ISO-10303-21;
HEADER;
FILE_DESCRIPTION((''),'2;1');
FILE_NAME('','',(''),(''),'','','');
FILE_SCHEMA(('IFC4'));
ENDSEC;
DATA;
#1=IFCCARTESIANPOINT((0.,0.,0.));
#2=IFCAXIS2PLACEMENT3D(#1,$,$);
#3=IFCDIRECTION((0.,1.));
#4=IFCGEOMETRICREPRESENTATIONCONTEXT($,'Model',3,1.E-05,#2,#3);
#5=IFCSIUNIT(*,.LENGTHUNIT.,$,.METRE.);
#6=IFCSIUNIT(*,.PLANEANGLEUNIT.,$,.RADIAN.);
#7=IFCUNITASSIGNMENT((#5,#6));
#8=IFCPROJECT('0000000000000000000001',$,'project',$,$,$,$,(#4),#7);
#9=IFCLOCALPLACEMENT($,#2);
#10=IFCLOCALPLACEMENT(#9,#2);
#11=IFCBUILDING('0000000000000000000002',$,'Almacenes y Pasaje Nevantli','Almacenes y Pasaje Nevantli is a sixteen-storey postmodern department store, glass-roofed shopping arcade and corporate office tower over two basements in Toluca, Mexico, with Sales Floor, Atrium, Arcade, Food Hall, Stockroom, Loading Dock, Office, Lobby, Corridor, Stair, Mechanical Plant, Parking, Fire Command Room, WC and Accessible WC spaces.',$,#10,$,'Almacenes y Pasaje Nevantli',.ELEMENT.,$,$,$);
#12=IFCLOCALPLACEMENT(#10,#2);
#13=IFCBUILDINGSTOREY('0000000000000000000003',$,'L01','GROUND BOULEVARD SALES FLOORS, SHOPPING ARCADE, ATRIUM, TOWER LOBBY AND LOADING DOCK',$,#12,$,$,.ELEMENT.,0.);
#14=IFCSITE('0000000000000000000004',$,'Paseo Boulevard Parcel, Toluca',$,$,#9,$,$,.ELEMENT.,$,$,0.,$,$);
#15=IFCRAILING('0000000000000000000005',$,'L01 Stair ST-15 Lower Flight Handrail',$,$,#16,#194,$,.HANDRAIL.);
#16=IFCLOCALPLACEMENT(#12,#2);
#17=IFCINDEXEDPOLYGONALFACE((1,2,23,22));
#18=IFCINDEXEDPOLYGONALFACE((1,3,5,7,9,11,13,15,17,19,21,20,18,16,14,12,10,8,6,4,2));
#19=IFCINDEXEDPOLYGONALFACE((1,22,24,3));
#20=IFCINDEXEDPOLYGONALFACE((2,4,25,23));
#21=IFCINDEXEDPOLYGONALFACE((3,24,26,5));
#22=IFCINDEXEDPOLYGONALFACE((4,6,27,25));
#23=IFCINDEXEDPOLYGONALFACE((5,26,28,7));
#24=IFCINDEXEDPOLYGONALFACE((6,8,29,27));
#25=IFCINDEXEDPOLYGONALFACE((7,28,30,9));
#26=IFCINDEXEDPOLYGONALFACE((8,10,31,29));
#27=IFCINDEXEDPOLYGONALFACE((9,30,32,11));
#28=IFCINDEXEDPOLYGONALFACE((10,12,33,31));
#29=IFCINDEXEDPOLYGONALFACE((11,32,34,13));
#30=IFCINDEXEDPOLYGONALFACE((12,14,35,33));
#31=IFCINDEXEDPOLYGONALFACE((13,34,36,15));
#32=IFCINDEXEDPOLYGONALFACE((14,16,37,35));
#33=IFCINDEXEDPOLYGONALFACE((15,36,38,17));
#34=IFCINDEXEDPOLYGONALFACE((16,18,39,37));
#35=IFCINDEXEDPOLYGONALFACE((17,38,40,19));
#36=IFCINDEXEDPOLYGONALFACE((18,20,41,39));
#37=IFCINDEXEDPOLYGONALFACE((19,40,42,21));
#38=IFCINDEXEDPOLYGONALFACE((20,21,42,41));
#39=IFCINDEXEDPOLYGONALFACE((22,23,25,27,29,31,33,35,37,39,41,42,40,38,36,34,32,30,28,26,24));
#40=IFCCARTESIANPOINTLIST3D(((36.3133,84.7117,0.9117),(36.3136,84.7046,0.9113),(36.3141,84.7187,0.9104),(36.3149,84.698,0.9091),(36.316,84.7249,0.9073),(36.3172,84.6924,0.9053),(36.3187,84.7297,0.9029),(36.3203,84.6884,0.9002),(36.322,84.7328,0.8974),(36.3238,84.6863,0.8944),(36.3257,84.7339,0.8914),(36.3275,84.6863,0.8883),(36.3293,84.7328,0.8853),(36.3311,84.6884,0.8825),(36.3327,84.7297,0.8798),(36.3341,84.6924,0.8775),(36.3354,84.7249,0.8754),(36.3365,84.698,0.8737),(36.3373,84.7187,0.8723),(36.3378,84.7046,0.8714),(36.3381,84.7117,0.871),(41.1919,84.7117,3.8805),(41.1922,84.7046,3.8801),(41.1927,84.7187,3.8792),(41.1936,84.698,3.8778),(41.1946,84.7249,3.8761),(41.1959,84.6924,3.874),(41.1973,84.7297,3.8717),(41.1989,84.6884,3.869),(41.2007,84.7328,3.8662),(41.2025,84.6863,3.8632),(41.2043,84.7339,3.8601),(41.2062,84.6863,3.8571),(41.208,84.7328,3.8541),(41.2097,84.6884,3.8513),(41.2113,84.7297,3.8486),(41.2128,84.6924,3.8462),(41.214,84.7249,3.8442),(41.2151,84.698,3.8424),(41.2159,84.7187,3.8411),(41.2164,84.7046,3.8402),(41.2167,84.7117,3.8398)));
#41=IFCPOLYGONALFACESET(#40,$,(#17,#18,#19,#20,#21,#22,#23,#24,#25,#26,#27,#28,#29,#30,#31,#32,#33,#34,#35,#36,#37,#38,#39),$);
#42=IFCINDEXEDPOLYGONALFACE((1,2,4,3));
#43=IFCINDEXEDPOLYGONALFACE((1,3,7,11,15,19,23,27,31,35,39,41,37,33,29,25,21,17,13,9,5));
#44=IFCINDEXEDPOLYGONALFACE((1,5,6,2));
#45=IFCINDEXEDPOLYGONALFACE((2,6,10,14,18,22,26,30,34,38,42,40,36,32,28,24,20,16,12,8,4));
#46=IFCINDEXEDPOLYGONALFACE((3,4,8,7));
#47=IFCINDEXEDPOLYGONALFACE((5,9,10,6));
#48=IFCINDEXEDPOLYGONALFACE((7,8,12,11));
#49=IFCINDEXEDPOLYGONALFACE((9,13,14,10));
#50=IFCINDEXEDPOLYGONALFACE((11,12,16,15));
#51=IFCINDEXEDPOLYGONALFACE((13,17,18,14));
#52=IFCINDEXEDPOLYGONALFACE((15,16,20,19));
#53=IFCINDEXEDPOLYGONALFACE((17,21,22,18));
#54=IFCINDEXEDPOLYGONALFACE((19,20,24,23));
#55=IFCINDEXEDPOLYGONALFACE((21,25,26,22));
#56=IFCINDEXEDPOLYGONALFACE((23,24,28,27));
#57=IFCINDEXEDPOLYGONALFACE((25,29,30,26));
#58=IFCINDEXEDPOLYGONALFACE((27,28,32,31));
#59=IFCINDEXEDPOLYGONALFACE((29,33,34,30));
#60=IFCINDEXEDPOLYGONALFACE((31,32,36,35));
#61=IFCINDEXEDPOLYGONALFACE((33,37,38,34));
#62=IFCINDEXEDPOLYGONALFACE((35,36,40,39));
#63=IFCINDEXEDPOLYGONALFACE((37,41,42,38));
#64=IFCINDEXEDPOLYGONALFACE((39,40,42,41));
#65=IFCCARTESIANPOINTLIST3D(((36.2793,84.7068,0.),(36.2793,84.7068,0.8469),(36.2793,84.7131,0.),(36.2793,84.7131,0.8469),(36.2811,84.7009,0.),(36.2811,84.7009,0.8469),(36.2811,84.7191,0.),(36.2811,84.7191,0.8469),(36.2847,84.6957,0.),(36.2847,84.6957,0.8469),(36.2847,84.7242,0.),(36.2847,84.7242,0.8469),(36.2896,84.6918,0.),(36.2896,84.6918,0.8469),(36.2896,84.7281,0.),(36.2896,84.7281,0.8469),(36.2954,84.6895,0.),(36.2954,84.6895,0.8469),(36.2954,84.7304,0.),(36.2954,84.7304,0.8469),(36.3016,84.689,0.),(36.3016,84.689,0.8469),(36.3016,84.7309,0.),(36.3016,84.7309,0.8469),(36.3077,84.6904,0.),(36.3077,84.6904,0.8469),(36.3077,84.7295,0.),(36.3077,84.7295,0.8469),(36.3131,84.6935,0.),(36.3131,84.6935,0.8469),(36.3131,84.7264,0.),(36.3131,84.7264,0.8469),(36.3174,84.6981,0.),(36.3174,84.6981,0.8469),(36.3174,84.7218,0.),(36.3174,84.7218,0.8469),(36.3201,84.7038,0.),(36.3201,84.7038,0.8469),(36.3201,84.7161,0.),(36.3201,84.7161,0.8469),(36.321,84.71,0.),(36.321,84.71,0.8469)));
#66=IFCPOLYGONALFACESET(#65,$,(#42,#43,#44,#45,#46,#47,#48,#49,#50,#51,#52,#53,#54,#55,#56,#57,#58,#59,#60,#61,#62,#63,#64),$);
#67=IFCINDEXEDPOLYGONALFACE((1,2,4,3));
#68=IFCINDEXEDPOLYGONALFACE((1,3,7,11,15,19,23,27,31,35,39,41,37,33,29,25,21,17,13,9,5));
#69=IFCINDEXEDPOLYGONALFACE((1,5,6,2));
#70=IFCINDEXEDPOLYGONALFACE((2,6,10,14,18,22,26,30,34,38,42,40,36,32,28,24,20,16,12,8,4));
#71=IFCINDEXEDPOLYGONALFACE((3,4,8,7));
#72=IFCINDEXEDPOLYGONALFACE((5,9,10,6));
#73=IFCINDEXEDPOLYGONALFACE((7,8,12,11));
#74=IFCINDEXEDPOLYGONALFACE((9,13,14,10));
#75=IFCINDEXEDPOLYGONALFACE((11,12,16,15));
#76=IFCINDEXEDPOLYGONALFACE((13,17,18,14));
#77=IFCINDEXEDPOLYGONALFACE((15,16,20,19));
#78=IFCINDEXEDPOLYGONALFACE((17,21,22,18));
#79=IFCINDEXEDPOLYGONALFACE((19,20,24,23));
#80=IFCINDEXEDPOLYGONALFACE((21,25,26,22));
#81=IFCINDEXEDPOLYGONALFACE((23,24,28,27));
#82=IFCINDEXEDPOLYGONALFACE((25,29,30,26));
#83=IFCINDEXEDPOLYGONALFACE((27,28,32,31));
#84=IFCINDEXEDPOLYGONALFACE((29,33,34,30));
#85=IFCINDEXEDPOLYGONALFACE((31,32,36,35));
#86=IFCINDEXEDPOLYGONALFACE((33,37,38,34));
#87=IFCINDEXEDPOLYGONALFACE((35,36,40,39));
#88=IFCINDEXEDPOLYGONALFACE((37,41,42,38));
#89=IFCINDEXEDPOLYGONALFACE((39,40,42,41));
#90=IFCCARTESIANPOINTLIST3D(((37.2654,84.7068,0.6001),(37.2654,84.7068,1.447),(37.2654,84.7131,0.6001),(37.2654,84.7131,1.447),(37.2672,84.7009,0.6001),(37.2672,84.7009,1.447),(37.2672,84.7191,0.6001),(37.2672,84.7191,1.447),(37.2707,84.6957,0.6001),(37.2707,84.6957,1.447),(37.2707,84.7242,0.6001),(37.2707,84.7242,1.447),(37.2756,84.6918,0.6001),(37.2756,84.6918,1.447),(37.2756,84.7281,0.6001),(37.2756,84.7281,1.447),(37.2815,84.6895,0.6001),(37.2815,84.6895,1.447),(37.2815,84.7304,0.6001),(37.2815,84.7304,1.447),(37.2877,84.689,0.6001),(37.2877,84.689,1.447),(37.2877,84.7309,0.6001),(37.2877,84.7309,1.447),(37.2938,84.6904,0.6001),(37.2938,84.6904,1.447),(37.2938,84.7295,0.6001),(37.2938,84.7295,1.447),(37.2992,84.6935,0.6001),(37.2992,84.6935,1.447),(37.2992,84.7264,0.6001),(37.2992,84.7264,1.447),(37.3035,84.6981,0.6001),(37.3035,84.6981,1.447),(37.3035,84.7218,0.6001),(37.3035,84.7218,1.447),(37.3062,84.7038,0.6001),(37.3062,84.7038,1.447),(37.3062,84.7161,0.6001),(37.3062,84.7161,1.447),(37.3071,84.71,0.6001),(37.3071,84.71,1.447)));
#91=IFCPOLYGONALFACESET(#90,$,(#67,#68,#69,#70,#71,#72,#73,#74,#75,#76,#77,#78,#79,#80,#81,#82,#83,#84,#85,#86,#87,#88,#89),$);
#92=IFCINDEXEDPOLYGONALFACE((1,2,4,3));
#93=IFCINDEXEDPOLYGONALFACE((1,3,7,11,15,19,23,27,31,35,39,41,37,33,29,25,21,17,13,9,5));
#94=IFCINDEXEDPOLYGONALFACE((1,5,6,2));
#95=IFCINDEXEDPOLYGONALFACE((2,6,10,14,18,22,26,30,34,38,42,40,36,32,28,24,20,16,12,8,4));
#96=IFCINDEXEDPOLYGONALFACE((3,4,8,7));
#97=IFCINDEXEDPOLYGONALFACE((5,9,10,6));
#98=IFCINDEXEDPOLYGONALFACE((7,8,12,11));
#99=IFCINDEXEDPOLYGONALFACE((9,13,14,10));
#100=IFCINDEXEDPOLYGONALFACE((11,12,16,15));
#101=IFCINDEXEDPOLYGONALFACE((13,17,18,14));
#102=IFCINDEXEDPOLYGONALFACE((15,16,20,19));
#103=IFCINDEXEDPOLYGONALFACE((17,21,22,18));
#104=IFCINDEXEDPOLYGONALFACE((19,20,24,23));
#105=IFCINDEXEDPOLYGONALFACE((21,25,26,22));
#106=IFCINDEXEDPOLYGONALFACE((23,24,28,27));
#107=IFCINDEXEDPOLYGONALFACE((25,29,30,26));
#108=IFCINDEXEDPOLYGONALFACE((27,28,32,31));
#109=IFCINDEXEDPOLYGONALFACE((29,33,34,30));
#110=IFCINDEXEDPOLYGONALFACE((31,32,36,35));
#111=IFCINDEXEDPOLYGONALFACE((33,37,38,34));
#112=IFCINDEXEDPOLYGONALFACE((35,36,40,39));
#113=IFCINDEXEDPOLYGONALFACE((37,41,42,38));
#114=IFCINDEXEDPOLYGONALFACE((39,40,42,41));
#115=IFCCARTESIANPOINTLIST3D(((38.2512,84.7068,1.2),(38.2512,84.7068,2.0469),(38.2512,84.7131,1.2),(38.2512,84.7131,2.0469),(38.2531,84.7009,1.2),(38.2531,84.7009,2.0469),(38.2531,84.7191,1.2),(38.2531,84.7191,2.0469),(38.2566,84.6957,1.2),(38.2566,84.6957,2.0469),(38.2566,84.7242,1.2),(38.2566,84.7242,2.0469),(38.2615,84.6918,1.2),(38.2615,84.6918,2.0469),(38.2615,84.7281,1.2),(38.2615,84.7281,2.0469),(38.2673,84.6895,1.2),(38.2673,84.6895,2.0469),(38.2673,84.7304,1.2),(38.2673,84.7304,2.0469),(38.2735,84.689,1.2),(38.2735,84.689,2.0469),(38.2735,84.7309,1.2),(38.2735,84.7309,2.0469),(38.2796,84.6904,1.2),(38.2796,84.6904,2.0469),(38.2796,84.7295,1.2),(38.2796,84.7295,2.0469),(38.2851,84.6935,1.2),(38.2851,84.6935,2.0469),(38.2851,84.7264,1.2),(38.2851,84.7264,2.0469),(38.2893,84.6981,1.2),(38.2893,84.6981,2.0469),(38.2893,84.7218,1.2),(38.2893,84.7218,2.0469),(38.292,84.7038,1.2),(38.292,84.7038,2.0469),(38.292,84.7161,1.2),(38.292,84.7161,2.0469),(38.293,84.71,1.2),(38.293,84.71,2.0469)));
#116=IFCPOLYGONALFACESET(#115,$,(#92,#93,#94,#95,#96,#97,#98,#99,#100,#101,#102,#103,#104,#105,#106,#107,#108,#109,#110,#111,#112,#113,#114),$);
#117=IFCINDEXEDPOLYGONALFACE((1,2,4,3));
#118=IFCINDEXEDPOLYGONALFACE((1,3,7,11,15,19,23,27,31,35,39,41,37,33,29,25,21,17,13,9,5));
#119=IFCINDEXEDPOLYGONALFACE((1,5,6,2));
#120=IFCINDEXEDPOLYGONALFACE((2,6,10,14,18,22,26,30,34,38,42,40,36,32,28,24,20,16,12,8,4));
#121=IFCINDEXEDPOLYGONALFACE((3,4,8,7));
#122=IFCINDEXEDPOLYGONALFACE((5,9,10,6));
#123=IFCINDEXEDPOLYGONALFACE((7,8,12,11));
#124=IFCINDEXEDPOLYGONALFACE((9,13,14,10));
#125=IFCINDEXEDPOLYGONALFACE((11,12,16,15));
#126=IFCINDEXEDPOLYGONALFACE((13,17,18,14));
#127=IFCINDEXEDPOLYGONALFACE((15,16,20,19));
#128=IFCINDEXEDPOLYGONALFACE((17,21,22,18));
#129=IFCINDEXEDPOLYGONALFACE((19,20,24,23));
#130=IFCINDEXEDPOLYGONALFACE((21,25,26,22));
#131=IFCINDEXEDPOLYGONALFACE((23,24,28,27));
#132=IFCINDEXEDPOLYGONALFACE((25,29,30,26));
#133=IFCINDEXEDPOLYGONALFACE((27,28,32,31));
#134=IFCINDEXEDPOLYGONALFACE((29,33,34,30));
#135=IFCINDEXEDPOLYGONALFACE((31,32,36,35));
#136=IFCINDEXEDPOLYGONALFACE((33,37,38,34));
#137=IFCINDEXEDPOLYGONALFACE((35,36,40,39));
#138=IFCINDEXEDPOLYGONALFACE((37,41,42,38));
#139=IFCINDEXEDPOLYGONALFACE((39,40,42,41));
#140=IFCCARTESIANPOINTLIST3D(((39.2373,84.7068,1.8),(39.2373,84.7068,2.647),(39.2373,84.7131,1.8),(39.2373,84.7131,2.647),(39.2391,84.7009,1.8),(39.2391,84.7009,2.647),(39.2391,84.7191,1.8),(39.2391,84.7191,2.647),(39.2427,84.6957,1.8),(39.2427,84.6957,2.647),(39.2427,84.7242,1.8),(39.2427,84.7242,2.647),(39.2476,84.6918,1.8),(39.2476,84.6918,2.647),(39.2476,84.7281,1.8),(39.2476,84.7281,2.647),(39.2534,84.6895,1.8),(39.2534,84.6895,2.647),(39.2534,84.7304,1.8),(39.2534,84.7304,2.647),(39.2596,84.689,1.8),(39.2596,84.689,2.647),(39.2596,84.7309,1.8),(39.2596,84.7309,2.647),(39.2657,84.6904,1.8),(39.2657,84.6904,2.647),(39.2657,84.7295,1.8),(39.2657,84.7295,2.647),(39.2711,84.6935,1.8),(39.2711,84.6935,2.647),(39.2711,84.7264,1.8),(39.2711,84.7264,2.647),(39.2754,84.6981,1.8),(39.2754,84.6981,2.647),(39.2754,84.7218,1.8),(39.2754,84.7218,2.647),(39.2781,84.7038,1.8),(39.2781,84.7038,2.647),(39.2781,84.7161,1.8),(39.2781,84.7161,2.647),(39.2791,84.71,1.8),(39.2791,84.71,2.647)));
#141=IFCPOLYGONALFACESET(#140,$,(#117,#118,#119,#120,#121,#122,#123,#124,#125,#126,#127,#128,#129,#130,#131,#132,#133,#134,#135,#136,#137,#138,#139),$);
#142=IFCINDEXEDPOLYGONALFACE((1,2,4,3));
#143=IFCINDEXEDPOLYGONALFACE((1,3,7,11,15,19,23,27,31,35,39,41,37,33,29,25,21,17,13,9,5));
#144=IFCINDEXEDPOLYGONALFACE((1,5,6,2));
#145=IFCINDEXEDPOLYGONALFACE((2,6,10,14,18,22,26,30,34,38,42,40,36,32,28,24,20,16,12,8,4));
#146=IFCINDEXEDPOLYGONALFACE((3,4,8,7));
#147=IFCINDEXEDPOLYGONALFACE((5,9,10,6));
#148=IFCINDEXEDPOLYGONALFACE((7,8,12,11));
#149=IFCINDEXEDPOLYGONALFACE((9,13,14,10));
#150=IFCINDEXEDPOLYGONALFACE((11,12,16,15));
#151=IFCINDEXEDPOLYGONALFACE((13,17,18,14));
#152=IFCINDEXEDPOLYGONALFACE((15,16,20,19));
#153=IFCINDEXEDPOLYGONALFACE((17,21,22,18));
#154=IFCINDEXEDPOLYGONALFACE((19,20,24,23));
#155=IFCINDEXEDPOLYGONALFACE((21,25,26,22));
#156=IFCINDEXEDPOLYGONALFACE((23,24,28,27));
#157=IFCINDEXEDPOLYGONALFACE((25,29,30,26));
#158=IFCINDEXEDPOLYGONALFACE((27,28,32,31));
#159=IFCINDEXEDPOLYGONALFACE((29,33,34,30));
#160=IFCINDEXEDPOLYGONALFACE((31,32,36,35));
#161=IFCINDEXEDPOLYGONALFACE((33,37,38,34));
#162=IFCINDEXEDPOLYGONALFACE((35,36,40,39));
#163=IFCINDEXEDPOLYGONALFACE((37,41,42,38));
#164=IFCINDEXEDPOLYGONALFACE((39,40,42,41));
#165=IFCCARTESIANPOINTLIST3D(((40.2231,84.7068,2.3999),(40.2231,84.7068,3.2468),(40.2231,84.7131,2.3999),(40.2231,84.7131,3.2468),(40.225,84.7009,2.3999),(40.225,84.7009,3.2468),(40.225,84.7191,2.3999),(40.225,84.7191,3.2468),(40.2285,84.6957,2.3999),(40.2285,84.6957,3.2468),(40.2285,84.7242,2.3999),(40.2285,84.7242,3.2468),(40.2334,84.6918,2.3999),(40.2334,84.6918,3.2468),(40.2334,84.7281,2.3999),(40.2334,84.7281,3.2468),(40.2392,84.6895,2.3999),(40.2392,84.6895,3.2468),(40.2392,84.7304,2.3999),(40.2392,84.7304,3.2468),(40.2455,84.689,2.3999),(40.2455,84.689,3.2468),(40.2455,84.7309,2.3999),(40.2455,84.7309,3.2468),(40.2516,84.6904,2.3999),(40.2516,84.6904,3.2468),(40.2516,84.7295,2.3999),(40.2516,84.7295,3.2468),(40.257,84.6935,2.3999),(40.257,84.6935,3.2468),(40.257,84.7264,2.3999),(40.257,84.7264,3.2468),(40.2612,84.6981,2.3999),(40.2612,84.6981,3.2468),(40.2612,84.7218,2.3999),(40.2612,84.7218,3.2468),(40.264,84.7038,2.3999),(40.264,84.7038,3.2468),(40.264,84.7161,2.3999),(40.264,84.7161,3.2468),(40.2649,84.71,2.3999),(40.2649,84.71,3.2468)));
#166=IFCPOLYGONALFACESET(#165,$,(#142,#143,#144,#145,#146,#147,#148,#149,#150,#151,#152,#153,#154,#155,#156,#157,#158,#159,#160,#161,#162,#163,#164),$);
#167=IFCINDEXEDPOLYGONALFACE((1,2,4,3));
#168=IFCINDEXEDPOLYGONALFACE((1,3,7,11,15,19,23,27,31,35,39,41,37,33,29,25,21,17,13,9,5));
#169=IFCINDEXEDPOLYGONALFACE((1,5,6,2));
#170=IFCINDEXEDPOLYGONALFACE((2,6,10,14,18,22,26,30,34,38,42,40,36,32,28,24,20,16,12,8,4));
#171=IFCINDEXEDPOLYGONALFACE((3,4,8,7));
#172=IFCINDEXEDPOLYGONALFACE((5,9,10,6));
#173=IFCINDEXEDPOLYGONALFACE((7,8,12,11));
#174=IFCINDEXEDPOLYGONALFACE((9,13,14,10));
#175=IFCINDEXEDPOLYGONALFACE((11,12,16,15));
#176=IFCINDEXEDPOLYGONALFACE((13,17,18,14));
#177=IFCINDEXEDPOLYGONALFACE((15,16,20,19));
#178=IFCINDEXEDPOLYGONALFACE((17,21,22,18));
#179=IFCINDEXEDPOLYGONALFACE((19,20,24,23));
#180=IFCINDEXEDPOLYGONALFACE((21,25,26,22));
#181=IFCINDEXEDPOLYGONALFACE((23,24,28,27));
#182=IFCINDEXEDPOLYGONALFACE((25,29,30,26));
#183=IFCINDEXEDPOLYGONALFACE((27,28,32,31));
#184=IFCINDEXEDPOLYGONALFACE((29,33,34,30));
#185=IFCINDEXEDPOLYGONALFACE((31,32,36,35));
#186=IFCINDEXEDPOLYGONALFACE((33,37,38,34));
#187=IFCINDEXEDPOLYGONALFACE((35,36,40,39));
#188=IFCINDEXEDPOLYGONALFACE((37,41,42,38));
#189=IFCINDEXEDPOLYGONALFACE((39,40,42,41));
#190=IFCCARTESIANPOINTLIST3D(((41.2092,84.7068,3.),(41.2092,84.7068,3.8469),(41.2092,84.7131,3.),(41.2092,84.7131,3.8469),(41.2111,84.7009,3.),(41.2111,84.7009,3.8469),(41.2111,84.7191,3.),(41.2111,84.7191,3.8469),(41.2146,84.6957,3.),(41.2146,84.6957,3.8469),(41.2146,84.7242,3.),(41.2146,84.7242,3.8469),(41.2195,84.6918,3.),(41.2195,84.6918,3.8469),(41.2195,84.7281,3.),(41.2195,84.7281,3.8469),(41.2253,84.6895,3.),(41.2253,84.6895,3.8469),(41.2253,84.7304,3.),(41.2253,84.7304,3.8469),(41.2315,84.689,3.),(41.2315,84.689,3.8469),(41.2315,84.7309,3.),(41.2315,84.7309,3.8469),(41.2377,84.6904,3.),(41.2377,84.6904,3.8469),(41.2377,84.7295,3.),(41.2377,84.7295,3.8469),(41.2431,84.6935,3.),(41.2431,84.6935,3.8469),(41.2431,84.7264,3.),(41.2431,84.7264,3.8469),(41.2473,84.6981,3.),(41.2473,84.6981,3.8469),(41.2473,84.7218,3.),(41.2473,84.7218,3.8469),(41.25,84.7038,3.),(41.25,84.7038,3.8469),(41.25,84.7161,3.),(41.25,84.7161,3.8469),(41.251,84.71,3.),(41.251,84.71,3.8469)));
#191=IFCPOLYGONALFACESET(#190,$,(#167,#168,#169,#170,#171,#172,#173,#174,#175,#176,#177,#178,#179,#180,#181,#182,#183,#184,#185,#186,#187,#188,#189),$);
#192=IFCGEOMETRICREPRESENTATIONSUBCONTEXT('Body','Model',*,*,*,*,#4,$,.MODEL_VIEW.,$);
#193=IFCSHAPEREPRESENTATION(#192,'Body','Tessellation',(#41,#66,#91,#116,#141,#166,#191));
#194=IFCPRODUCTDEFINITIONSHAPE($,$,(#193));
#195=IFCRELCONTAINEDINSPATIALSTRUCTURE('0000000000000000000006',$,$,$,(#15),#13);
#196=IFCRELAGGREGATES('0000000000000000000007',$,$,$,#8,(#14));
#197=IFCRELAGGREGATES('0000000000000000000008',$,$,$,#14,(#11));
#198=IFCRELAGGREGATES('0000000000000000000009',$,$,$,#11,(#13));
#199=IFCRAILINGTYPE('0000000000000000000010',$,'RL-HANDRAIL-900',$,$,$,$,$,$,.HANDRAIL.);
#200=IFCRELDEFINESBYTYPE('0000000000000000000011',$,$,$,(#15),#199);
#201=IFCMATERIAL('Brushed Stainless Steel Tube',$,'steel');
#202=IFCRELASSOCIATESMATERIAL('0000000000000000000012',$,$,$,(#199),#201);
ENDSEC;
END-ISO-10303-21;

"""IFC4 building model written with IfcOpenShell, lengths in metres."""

from ifc_helpers import new_model, si_unit, direction, frame, origin, origin_2d, place, context, subcontext, project, spatial, circle, extrude, material, type_object, element, save


model = new_model("IFC4")

# Units and contexts
model_context = context("Model", 3, precision=1e-05, world=origin(), true_north=direction((0.0, 1.0)))
body_context = subcontext(model_context, "Body", "Model", "MODEL_VIEW")
ifc_project = project(units=[si_unit("LENGTHUNIT", "METRE"), si_unit("PLANEANGLEUNIT", "RADIAN")], contexts=[model_context])

# Site, building, storey
site_placement = place(None, origin())
site = spatial("IfcSite", under=ifc_project, at=site_placement, Name="Paseo Boulevard Parcel, Toluca", CompositionType="ELEMENT", RefElevation=0.0)
building_placement = place(site_placement, origin())
building = spatial("IfcBuilding", under=site, at=building_placement, Name="Almacenes y Pasaje Nevantli", Description="Almacenes y Pasaje Nevantli is a sixteen-storey postmodern department store, glass-roofed shopping arcade and corporate office tower over two basements in Toluca, Mexico, with Sales Floor, Atrium, Arcade, Food Hall, Stockroom, Loading Dock, Office, Lobby, Corridor, Stair, Mechanical Plant, Parking, Fire Command Room, WC and Accessible WC spaces.", LongName="Almacenes y Pasaje Nevantli", CompositionType="ELEMENT")
storey_placement = place(building_placement, origin())
storey = spatial("IfcBuildingStorey", under=building, at=storey_placement, Name="L01", Description="GROUND BOULEVARD SALES FLOORS, SHOPPING ARCADE, ATRIUM, TOWER LOBBY AND LOADING DOCK", CompositionType="ELEMENT", Elevation=0.0)

# Railing
ifc_material_1 = material(Name="Brushed Stainless Steel Tube", Category="steel")
railing_type = type_object("IfcRailingType", Name="RL-HANDRAIL-900", PredefinedType="HANDRAIL", material=ifc_material_1)
railing_placement = place(storey_placement, frame((36.3, 84.71, 0.0)))
element("IfcRailing", 1, at=railing_placement, inside=storey, type_object=railing_type, Name="L01 Stair ST-15 Lower Flight Handrail", PredefinedType="HANDRAIL", context=body_context, shape_type="SweptSolid", body=[
    extrude(circle(Radius=0.0239, at=origin_2d()), frame((0.0256, 0.0, 0.8914), z_axis=(0.854262, 0.0, 0.519842), x_axis=(0.0, 1.0, 0.0)), (0.0, 0.0, 1.0), 5.7109),
    extrude(circle(Radius=0.021, at=origin_2d()), origin(), (0.0, 0.0, 1.0), 0.8469),
    extrude(circle(Radius=0.021, at=origin_2d()), frame((0.9861, 0.0, 0.6001)), (0.0, 0.0, 1.0), 0.8469),
    extrude(circle(Radius=0.021, at=origin_2d()), frame((1.9719, 0.0, 1.2)), (0.0, 0.0, 1.0), 0.8469),
    extrude(circle(Radius=0.021, at=origin_2d()), frame((2.958, 0.0, 1.8)), (0.0, 0.0, 1.0), 0.8469),
    extrude(circle(Radius=0.021, at=origin_2d()), frame((3.9438, 0.0, 2.3999)), (0.0, 0.0, 1.0), 0.8469),
    extrude(circle(Radius=0.021, at=origin_2d()), frame((4.9299, 0.0, 3.0)), (0.0, 0.0, 1.0), 0.8469),
])

save(model, "model.ifc")
